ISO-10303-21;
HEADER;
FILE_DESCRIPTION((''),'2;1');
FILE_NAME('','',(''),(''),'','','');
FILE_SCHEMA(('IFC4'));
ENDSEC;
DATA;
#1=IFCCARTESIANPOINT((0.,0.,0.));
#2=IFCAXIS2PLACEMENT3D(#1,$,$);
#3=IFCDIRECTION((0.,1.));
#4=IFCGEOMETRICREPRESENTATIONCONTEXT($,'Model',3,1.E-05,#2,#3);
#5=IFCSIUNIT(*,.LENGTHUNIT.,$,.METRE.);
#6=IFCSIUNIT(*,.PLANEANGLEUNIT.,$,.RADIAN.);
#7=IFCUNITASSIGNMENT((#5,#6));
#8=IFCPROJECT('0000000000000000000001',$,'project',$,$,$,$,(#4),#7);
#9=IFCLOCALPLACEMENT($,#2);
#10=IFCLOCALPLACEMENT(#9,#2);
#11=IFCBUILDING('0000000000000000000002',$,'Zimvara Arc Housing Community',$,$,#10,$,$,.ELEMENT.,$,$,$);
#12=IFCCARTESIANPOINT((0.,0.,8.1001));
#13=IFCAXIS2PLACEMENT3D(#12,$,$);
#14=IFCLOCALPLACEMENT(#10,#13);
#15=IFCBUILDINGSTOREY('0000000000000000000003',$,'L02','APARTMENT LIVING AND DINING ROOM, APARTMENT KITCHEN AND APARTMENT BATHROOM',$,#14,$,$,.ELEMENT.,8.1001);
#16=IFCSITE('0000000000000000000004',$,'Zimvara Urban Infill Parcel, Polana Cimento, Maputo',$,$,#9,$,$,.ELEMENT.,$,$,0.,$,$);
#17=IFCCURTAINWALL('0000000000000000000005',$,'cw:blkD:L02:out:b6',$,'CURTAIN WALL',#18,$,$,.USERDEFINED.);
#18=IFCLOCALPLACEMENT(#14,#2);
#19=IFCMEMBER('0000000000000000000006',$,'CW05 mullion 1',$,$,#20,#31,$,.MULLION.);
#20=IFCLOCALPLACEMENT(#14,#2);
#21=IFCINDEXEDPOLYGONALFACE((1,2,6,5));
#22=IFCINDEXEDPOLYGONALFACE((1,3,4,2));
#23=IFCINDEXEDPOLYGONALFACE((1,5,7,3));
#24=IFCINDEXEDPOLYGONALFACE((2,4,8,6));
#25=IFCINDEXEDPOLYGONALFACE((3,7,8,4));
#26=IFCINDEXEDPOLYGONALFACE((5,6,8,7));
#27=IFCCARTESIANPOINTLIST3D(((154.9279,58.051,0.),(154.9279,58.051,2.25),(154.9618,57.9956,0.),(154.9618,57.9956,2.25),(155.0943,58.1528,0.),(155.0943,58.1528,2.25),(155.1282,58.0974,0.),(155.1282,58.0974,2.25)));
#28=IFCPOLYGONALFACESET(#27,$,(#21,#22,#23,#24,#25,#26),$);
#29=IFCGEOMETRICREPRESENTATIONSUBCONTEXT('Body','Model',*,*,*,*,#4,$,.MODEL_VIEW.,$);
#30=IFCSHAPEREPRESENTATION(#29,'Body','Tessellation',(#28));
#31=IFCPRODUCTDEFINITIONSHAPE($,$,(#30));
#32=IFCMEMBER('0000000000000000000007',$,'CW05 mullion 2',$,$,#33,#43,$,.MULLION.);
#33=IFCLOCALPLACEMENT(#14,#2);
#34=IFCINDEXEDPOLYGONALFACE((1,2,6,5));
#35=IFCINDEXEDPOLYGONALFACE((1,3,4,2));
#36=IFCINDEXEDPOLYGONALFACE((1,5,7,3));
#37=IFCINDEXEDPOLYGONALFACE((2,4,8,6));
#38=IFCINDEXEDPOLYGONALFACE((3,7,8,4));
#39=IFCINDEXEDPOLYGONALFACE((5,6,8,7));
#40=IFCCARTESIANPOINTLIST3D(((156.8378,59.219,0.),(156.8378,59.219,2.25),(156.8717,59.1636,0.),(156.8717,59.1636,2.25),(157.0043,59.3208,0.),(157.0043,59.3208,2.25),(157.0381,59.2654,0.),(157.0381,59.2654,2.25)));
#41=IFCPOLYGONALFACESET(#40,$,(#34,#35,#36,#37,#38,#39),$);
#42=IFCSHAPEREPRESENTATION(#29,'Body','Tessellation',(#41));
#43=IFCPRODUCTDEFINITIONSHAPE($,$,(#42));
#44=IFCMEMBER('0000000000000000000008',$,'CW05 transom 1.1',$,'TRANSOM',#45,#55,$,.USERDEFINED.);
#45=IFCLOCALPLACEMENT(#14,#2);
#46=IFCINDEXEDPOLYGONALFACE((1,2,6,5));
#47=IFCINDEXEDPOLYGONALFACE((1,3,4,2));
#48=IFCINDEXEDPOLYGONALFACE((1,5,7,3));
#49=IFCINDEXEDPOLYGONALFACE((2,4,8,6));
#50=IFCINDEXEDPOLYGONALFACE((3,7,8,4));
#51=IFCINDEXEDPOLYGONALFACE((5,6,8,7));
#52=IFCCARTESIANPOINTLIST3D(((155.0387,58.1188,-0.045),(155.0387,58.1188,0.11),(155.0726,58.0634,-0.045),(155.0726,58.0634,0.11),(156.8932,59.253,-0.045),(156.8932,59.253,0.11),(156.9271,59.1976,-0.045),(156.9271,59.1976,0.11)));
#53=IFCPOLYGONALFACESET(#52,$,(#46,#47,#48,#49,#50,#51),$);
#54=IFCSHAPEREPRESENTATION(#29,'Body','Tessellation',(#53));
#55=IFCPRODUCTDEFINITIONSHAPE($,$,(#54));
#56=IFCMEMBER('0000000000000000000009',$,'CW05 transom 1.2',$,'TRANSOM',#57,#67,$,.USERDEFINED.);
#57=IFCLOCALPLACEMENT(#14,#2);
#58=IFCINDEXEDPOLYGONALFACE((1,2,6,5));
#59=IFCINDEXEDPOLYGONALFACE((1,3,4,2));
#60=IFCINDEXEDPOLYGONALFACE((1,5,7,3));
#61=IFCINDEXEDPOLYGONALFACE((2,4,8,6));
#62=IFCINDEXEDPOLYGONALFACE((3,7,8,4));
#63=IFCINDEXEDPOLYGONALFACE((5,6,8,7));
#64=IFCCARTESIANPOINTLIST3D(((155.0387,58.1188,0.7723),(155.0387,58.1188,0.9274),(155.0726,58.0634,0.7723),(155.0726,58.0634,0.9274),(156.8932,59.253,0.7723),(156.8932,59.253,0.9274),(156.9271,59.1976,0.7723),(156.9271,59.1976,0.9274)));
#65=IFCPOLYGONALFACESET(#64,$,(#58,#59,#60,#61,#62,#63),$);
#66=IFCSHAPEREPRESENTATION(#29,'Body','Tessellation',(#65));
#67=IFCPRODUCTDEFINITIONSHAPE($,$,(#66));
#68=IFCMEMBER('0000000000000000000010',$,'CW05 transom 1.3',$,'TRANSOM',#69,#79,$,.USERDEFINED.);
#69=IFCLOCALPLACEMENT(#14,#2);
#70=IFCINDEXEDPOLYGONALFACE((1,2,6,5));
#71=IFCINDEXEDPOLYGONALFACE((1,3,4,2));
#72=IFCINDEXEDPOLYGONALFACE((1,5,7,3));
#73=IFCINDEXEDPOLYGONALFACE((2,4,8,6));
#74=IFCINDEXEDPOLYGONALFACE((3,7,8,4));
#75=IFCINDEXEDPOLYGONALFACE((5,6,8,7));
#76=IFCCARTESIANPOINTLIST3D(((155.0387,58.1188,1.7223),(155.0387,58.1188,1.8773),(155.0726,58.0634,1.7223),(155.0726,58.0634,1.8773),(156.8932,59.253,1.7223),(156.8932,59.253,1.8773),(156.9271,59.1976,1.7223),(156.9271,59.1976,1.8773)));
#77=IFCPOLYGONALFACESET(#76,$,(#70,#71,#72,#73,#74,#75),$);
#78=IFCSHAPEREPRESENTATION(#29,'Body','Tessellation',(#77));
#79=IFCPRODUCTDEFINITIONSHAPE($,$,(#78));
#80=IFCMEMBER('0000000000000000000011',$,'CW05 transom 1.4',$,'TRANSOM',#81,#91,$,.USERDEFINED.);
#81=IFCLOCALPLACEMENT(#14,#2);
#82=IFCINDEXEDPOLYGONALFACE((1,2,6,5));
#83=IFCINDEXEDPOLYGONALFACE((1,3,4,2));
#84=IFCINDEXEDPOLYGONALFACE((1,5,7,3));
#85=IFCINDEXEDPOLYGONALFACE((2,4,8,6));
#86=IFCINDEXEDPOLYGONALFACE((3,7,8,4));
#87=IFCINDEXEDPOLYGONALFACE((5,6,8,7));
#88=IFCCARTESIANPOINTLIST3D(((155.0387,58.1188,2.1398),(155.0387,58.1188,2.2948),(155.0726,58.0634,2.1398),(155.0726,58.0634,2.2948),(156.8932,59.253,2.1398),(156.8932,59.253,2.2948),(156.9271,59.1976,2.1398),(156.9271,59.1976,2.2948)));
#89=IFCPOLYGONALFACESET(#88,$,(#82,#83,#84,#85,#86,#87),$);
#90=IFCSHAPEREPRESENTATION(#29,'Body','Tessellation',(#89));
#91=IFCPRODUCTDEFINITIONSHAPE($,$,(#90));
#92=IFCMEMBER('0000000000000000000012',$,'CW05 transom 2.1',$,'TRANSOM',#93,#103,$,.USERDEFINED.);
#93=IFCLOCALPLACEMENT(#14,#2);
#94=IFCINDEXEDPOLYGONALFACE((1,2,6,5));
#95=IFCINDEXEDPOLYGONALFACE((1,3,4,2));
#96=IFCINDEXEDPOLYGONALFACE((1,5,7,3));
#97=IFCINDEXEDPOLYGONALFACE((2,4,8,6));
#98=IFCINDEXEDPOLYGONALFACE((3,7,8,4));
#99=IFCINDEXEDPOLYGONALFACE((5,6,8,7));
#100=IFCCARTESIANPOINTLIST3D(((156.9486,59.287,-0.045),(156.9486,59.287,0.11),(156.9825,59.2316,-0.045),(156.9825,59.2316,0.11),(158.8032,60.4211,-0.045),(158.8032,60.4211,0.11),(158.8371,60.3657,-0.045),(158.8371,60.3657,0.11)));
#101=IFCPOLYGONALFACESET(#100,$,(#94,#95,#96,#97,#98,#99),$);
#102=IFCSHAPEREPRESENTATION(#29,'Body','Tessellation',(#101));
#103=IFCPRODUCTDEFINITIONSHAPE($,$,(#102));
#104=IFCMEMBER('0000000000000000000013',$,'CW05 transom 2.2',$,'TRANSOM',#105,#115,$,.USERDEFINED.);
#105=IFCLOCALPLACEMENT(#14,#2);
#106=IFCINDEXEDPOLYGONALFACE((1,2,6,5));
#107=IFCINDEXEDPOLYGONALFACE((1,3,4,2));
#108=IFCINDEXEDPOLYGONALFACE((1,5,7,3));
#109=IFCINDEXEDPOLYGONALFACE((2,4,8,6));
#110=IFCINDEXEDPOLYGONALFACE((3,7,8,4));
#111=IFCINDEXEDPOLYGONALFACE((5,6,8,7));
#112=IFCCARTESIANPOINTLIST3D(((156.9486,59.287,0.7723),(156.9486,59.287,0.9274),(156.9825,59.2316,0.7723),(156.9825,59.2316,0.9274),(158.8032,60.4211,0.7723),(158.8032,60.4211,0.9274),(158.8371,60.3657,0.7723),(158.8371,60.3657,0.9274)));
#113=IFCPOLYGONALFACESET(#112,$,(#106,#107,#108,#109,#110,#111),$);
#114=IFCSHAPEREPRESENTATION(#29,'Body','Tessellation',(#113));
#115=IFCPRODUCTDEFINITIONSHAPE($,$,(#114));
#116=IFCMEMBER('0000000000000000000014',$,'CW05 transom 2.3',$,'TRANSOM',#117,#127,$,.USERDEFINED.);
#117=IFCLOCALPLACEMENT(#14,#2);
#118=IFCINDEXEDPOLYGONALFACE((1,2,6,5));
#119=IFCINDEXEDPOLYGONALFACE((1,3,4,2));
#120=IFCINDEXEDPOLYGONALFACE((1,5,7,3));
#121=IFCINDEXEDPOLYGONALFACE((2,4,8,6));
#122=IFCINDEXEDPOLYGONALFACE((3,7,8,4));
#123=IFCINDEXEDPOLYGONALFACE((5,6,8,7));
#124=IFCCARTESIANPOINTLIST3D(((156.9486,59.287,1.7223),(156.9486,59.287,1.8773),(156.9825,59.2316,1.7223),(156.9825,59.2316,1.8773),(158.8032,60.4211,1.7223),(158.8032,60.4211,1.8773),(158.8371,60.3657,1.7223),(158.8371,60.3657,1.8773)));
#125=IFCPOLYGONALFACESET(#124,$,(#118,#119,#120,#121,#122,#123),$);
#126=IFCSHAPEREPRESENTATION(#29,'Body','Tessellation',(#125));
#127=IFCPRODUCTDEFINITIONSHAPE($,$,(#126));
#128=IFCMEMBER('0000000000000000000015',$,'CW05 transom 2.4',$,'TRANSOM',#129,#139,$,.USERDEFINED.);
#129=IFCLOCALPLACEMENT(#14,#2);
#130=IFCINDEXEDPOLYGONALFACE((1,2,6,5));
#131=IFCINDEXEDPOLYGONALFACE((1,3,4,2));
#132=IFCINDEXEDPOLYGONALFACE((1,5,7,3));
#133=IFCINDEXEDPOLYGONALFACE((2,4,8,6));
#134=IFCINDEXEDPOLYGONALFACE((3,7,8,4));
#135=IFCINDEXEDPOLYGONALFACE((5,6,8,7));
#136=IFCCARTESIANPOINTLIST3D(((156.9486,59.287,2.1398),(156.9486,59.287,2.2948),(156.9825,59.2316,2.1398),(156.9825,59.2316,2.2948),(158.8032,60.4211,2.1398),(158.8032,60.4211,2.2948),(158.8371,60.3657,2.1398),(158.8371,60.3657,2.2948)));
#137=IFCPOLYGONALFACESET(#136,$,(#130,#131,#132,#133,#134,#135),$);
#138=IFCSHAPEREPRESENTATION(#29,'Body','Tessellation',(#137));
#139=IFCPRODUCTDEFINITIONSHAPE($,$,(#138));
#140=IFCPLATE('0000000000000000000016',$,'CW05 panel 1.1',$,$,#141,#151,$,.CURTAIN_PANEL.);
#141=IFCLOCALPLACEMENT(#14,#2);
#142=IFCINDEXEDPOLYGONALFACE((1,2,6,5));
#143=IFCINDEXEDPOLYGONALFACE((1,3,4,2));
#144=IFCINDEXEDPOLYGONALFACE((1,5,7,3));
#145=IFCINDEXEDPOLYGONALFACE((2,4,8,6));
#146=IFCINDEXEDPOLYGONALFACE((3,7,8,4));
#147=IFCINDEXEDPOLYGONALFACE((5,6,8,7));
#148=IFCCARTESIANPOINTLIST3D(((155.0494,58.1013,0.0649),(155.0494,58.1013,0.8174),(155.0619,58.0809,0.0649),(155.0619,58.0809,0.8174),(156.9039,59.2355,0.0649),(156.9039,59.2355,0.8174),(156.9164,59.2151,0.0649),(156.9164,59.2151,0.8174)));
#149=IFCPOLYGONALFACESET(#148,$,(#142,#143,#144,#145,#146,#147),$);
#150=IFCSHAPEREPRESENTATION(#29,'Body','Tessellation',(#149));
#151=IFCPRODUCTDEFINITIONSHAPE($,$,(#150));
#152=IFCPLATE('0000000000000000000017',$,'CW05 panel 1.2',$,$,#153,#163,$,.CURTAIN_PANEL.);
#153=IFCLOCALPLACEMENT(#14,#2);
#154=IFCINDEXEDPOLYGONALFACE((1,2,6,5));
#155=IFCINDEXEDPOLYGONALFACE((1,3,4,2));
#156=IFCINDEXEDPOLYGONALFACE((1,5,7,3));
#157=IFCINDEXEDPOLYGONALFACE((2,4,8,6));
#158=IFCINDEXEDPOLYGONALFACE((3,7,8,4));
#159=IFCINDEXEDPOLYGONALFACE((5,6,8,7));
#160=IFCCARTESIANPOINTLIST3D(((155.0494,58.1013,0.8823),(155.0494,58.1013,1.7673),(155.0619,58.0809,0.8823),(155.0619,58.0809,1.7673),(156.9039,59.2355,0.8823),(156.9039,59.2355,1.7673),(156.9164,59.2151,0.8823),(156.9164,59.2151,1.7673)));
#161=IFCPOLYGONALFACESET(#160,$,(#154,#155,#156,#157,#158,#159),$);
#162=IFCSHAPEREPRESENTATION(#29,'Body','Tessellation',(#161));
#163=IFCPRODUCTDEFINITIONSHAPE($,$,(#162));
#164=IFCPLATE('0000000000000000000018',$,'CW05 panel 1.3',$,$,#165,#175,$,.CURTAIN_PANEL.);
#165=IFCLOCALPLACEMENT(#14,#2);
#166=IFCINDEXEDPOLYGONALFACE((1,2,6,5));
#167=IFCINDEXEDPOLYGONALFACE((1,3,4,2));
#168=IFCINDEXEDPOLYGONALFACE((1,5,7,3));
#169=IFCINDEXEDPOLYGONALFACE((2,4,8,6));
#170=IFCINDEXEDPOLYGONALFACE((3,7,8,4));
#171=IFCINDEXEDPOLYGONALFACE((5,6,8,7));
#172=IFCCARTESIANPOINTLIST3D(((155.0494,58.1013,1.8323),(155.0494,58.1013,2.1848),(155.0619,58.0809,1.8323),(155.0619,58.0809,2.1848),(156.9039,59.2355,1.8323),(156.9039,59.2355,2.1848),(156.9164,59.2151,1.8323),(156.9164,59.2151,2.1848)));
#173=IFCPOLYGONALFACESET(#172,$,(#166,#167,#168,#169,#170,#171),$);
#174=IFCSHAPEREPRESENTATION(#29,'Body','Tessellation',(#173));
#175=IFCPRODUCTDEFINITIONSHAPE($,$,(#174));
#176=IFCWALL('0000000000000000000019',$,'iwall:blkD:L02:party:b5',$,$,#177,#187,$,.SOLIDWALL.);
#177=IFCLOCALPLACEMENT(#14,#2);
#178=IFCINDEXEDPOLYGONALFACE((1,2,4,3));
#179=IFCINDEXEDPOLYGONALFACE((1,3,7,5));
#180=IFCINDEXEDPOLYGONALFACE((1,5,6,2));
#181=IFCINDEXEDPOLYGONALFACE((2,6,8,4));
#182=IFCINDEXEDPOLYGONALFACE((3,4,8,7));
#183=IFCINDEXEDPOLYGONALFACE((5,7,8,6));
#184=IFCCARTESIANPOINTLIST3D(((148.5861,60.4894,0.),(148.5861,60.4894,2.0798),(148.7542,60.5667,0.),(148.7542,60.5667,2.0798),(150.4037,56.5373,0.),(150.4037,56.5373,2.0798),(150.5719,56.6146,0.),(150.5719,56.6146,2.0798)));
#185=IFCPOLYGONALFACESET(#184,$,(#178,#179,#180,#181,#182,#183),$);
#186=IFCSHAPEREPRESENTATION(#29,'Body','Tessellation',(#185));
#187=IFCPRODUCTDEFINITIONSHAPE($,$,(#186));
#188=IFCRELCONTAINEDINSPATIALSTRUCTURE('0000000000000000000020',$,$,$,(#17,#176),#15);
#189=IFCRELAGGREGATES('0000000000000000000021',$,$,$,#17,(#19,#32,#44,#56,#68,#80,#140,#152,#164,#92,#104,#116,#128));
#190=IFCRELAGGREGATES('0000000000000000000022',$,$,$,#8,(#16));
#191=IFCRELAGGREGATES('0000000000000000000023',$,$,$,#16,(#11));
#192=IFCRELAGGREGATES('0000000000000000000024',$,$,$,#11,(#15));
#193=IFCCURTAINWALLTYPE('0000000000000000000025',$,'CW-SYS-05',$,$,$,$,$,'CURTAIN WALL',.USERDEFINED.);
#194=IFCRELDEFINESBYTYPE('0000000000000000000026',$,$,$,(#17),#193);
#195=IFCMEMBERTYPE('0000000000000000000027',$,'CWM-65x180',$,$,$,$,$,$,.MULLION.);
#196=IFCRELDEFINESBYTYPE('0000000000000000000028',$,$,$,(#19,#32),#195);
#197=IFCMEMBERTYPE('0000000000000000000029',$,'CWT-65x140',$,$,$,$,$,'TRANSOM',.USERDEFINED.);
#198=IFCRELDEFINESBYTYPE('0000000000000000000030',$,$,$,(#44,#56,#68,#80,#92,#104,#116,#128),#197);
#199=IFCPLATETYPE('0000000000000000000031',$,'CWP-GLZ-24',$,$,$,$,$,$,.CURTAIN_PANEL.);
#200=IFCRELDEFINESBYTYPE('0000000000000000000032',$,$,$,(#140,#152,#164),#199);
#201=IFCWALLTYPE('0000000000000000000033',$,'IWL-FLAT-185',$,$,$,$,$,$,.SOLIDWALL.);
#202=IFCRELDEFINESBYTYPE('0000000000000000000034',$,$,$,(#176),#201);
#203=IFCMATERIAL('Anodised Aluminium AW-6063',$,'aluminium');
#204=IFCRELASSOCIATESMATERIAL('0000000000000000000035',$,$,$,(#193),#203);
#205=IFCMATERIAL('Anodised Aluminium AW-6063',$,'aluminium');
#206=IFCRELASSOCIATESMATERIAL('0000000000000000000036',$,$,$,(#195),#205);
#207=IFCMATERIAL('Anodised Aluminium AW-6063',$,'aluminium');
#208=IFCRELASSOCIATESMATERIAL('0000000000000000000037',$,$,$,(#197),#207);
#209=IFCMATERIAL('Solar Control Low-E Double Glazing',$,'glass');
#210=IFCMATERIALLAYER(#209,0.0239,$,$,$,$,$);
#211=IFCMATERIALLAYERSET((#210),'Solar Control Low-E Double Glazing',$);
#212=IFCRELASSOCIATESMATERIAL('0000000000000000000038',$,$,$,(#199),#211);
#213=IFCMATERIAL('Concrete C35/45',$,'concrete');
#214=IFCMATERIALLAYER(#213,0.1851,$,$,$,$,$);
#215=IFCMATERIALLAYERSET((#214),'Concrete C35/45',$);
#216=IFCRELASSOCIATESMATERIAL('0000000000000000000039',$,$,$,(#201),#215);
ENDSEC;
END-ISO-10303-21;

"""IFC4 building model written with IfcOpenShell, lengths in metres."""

from ifc_helpers import new_model, si_unit, direction, frame, frame_2d, origin, origin_2d, place, context, subcontext, project, spatial, rectangle, extrude, material, layer, layer_set, material_profile, profile_set, type_object, element, aggregate, save


model = new_model("IFC4")

# Units and contexts
model_context = context("Model", 3, precision=1e-05, world=origin(), true_north=direction((0.0, 1.0)))
body_context = subcontext(model_context, "Body", "Model", "MODEL_VIEW")
ifc_project = project(units=[si_unit("LENGTHUNIT", "METRE"), si_unit("PLANEANGLEUNIT", "RADIAN")], contexts=[model_context])

# Site, building, storey
site_placement = place(None, origin())
site = spatial("IfcSite", under=ifc_project, at=site_placement, Name="Zimvara Urban Infill Parcel, Polana Cimento, Maputo", CompositionType="ELEMENT", RefElevation=0.0)
building_placement = place(site_placement, origin())
building = spatial("IfcBuilding", under=site, at=building_placement, Name="Zimvara Arc Housing Community", CompositionType="ELEMENT")
storey_placement = place(building_placement, frame((0.0, 0.0, 8.1001)))
storey = spatial("IfcBuildingStorey", under=building, at=storey_placement, Name="L02", Description="APARTMENT LIVING AND DINING ROOM, APARTMENT KITCHEN AND APARTMENT BATHROOM", CompositionType="ELEMENT", Elevation=8.1001)

# Curtain wall, members, plates
ifc_material_1 = material(Name="Anodised Aluminium AW-6063", Category="aluminium")
curtain_wall_type = type_object("IfcCurtainWallType", Name="CW-SYS-05", ElementType="CURTAIN WALL", PredefinedType="USERDEFINED", material=ifc_material_1)
curtain_wall_placement = place(storey_placement, origin())
curtain_wall = element("IfcCurtainWall", 1, at=curtain_wall_placement, inside=storey, type_object=curtain_wall_type, Name="cw:blkD:L02:out:b6", ObjectType="CURTAIN WALL", PredefinedType="USERDEFINED")
ifc_material_2 = material(Name="Anodised Aluminium AW-6063", Category="aluminium")
ifc_material_profile_1 = material_profile(ifc_material_2, rectangle(XDim=0.0649, YDim=0.1951, at=origin_2d()), Name="ALU 65x195")
ifc_profile_set_1 = profile_set([ifc_material_profile_1], Name="Anodised Aluminium AW-6063")
member_type_1 = type_object("IfcMemberType", Name="CWM-65x180", PredefinedType="MULLION", material=ifc_profile_set_1)
member_1_placement = place(storey_placement, frame((155.0281, 58.0742, 0.0), z_axis=(0.0, 0.0, 1.0), x_axis=(-0.521754, 0.853096, 0.0)))
member_1 = element("IfcMember", 2, at=member_1_placement, type_object=member_type_1, Name="CW05 mullion 1", PredefinedType="MULLION", context=body_context, shape_type="SweptSolid", body=[
    extrude(rectangle(XDim=0.0649, YDim=0.1951, at=origin_2d()), origin(), (0.0, 0.0, 1.0), 2.25),
])
member_2_placement = place(storey_placement, frame((156.938, 59.2422, 0.0), z_axis=(0.0, 0.0, 1.0), x_axis=(-0.521754, 0.853096, 0.0)))
member_2 = element("IfcMember", 3, at=member_2_placement, type_object=member_type_1, Name="CW05 mullion 2", PredefinedType="MULLION", context=body_context, shape_type="SweptSolid", body=[
    extrude(rectangle(XDim=0.0649, YDim=0.1951, at=origin_2d()), origin(), (0.0, 0.0, 1.0), 2.25),
])
ifc_material_3 = material(Name="Anodised Aluminium AW-6063", Category="aluminium")
ifc_material_profile_2 = material_profile(ifc_material_3, rectangle(XDim=0.0649, YDim=0.155, at=origin_2d()), Name="ALU 65x155")
ifc_profile_set_2 = profile_set([ifc_material_profile_2], Name="Anodised Aluminium AW-6063")
member_type_2 = type_object("IfcMemberType", Name="CWT-65x140", ElementType="TRANSOM", PredefinedType="USERDEFINED", material=ifc_profile_set_2)
member_3_placement = place(storey_placement, frame((155.0557, 58.0911, 0.0325), z_axis=(0.853082, 0.521777, 0.0), x_axis=(-0.521777, 0.853082, 0.0)))
member_3 = element("IfcMember", 4, at=member_3_placement, type_object=member_type_2, Name="CW05 transom 1.1", ObjectType="TRANSOM", PredefinedType="USERDEFINED", context=body_context, shape_type="SweptSolid", body=[
    extrude(rectangle(XDim=0.0649, YDim=0.155, at=origin_2d()), origin(), (0.0, 0.0, 1.0), 2.1738),
])
member_4_placement = place(storey_placement, frame((155.0557, 58.0911, 0.8499), z_axis=(0.853082, 0.521777, 0.0), x_axis=(-0.521777, 0.853082, 0.0)))
member_4 = element("IfcMember", 5, at=member_4_placement, type_object=member_type_2, Name="CW05 transom 1.2", ObjectType="TRANSOM", PredefinedType="USERDEFINED", context=body_context, shape_type="SweptSolid", body=[
    extrude(rectangle(XDim=0.0649, YDim=0.155, at=origin_2d()), origin(), (0.0, 0.0, 1.0), 2.1738),
])
member_5_placement = place(storey_placement, frame((155.0557, 58.0911, 1.7998), z_axis=(0.853082, 0.521777, 0.0), x_axis=(-0.521777, 0.853082, 0.0)))
member_5 = element("IfcMember", 6, at=member_5_placement, type_object=member_type_2, Name="CW05 transom 1.3", ObjectType="TRANSOM", PredefinedType="USERDEFINED", context=body_context, shape_type="SweptSolid", body=[
    extrude(rectangle(XDim=0.0649, YDim=0.155, at=origin_2d()), origin(), (0.0, 0.0, 1.0), 2.1738),
])
member_6_placement = place(storey_placement, frame((155.0557, 58.0911, 2.2173), z_axis=(0.853082, 0.521777, 0.0), x_axis=(-0.521777, 0.853082, 0.0)))
member_6 = element("IfcMember", 7, at=member_6_placement, type_object=member_type_2, Name="CW05 transom 1.4", ObjectType="TRANSOM", PredefinedType="USERDEFINED", context=body_context, shape_type="SweptSolid", body=[
    extrude(rectangle(XDim=0.0649, YDim=0.155, at=origin_2d()), origin(), (0.0, 0.0, 1.0), 2.1738),
])
member_7_placement = place(storey_placement, frame((156.9656, 59.2593, 0.0325), z_axis=(0.853132, 0.521695, 0.0), x_axis=(-0.521695, 0.853132, 0.0)))
member_7 = element("IfcMember", 8, at=member_7_placement, type_object=member_type_2, Name="CW05 transom 2.1", ObjectType="TRANSOM", PredefinedType="USERDEFINED", context=body_context, shape_type="SweptSolid", body=[
    extrude(rectangle(XDim=0.0649, YDim=0.155, at=origin_2d()), origin(), (0.0, 0.0, 1.0), 2.1738),
])
member_8_placement = place(storey_placement, frame((156.9656, 59.2593, 0.8499), z_axis=(0.853132, 0.521695, 0.0), x_axis=(-0.521695, 0.853132, 0.0)))
member_8 = element("IfcMember", 9, at=member_8_placement, type_object=member_type_2, Name="CW05 transom 2.2", ObjectType="TRANSOM", PredefinedType="USERDEFINED", context=body_context, shape_type="SweptSolid", body=[
    extrude(rectangle(XDim=0.0649, YDim=0.155, at=origin_2d()), origin(), (0.0, 0.0, 1.0), 2.1738),
])
member_9_placement = place(storey_placement, frame((156.9656, 59.2593, 1.7998), z_axis=(0.853132, 0.521695, 0.0), x_axis=(-0.521695, 0.853132, 0.0)))
member_9 = element("IfcMember", 10, at=member_9_placement, type_object=member_type_2, Name="CW05 transom 2.3", ObjectType="TRANSOM", PredefinedType="USERDEFINED", context=body_context, shape_type="SweptSolid", body=[
    extrude(rectangle(XDim=0.0649, YDim=0.155, at=origin_2d()), origin(), (0.0, 0.0, 1.0), 2.1738),
])
member_10_placement = place(storey_placement, frame((156.9656, 59.2593, 2.2173), z_axis=(0.853132, 0.521695, 0.0), x_axis=(-0.521695, 0.853132, 0.0)))
member_10 = element("IfcMember", 11, at=member_10_placement, type_object=member_type_2, Name="CW05 transom 2.4", ObjectType="TRANSOM", PredefinedType="USERDEFINED", context=body_context, shape_type="SweptSolid", body=[
    extrude(rectangle(XDim=0.0649, YDim=0.155, at=origin_2d()), origin(), (0.0, 0.0, 1.0), 2.1738),
])
ifc_material_4 = material(Name="Solar Control Low-E Double Glazing", Category="glass")
ifc_layer_1 = layer(ifc_material_4, 0.0239)
ifc_layer_set_1 = layer_set([ifc_layer_1], Name="Solar Control Low-E Double Glazing")
plate_type = type_object("IfcPlateType", Name="CWP-GLZ-24", PredefinedType="CURTAIN_PANEL", material=ifc_layer_set_1)
plate_1_placement = place(storey_placement, frame((155.9829, 58.6582, 0.0649), z_axis=(0.0, 0.0, 1.0), x_axis=(0.853096, 0.521754, 0.0)))
plate_1 = element("IfcPlate", 12, at=plate_1_placement, type_object=plate_type, Name="CW05 panel 1.1", PredefinedType="CURTAIN_PANEL", context=body_context, shape_type="SweptSolid", body=[
    extrude(rectangle(XDim=2.1738, YDim=0.0239, at=origin_2d()), origin(), (0.0, 0.0, 1.0), 0.7524),
])
plate_2_placement = place(storey_placement, frame((155.9829, 58.6582, 0.8823), z_axis=(0.0, 0.0, 1.0), x_axis=(0.853096, 0.521754, 0.0)))
plate_2 = element("IfcPlate", 13, at=plate_2_placement, type_object=plate_type, Name="CW05 panel 1.2", PredefinedType="CURTAIN_PANEL", context=body_context, shape_type="SweptSolid", body=[
    extrude(rectangle(XDim=2.1738, YDim=0.0239, at=origin_2d()), origin(), (0.0, 0.0, 1.0), 0.885),
])
plate_3_placement = place(storey_placement, frame((155.9829, 58.6582, 1.8323), z_axis=(0.0, 0.0, 1.0), x_axis=(0.853096, 0.521754, 0.0)))
plate_3 = element("IfcPlate", 14, at=plate_3_placement, type_object=plate_type, Name="CW05 panel 1.3", PredefinedType="CURTAIN_PANEL", context=body_context, shape_type="SweptSolid", body=[
    extrude(rectangle(XDim=2.1738, YDim=0.0239, at=origin_2d()), origin(), (0.0, 0.0, 1.0), 0.3525),
])
aggregate(curtain_wall, [member_1, member_2, member_3, member_4, member_5, member_6, plate_1, plate_2, plate_3, member_7, member_8, member_9, member_10])

# Wall
ifc_material_5 = material(Name="Concrete C35/45", Category="concrete")
ifc_layer_2 = layer(ifc_material_5, 0.1851)
ifc_layer_set_2 = layer_set([ifc_layer_2], Name="Concrete C35/45")
wall_type_1 = type_object("IfcWallType", Name="IWL-FLAT-185", PredefinedType="SOLIDWALL", material=ifc_layer_set_2)
for number, where, z_axis, x_axis, name in (
    (15, (148.6702, 60.5281, 0.0), (0.0, 0.0, 1.0), (0.417837, -0.908522, 0.0), "iwall:blkD:L02:party:b5"),
):
    element("IfcWall", number, at=place(storey_placement, frame(where, z_axis=z_axis, x_axis=x_axis)), inside=storey, type_object=wall_type_1, Name=name, PredefinedType="SOLIDWALL", context=body_context, shape_type="SweptSolid", body=[
        extrude(rectangle(XDim=4.3501, YDim=0.1851, at=frame_2d((2.175, 0.0))), origin(), (0.0, 0.0, 1.0), 2.0798),
    ])

save(model, "model.ifc")
